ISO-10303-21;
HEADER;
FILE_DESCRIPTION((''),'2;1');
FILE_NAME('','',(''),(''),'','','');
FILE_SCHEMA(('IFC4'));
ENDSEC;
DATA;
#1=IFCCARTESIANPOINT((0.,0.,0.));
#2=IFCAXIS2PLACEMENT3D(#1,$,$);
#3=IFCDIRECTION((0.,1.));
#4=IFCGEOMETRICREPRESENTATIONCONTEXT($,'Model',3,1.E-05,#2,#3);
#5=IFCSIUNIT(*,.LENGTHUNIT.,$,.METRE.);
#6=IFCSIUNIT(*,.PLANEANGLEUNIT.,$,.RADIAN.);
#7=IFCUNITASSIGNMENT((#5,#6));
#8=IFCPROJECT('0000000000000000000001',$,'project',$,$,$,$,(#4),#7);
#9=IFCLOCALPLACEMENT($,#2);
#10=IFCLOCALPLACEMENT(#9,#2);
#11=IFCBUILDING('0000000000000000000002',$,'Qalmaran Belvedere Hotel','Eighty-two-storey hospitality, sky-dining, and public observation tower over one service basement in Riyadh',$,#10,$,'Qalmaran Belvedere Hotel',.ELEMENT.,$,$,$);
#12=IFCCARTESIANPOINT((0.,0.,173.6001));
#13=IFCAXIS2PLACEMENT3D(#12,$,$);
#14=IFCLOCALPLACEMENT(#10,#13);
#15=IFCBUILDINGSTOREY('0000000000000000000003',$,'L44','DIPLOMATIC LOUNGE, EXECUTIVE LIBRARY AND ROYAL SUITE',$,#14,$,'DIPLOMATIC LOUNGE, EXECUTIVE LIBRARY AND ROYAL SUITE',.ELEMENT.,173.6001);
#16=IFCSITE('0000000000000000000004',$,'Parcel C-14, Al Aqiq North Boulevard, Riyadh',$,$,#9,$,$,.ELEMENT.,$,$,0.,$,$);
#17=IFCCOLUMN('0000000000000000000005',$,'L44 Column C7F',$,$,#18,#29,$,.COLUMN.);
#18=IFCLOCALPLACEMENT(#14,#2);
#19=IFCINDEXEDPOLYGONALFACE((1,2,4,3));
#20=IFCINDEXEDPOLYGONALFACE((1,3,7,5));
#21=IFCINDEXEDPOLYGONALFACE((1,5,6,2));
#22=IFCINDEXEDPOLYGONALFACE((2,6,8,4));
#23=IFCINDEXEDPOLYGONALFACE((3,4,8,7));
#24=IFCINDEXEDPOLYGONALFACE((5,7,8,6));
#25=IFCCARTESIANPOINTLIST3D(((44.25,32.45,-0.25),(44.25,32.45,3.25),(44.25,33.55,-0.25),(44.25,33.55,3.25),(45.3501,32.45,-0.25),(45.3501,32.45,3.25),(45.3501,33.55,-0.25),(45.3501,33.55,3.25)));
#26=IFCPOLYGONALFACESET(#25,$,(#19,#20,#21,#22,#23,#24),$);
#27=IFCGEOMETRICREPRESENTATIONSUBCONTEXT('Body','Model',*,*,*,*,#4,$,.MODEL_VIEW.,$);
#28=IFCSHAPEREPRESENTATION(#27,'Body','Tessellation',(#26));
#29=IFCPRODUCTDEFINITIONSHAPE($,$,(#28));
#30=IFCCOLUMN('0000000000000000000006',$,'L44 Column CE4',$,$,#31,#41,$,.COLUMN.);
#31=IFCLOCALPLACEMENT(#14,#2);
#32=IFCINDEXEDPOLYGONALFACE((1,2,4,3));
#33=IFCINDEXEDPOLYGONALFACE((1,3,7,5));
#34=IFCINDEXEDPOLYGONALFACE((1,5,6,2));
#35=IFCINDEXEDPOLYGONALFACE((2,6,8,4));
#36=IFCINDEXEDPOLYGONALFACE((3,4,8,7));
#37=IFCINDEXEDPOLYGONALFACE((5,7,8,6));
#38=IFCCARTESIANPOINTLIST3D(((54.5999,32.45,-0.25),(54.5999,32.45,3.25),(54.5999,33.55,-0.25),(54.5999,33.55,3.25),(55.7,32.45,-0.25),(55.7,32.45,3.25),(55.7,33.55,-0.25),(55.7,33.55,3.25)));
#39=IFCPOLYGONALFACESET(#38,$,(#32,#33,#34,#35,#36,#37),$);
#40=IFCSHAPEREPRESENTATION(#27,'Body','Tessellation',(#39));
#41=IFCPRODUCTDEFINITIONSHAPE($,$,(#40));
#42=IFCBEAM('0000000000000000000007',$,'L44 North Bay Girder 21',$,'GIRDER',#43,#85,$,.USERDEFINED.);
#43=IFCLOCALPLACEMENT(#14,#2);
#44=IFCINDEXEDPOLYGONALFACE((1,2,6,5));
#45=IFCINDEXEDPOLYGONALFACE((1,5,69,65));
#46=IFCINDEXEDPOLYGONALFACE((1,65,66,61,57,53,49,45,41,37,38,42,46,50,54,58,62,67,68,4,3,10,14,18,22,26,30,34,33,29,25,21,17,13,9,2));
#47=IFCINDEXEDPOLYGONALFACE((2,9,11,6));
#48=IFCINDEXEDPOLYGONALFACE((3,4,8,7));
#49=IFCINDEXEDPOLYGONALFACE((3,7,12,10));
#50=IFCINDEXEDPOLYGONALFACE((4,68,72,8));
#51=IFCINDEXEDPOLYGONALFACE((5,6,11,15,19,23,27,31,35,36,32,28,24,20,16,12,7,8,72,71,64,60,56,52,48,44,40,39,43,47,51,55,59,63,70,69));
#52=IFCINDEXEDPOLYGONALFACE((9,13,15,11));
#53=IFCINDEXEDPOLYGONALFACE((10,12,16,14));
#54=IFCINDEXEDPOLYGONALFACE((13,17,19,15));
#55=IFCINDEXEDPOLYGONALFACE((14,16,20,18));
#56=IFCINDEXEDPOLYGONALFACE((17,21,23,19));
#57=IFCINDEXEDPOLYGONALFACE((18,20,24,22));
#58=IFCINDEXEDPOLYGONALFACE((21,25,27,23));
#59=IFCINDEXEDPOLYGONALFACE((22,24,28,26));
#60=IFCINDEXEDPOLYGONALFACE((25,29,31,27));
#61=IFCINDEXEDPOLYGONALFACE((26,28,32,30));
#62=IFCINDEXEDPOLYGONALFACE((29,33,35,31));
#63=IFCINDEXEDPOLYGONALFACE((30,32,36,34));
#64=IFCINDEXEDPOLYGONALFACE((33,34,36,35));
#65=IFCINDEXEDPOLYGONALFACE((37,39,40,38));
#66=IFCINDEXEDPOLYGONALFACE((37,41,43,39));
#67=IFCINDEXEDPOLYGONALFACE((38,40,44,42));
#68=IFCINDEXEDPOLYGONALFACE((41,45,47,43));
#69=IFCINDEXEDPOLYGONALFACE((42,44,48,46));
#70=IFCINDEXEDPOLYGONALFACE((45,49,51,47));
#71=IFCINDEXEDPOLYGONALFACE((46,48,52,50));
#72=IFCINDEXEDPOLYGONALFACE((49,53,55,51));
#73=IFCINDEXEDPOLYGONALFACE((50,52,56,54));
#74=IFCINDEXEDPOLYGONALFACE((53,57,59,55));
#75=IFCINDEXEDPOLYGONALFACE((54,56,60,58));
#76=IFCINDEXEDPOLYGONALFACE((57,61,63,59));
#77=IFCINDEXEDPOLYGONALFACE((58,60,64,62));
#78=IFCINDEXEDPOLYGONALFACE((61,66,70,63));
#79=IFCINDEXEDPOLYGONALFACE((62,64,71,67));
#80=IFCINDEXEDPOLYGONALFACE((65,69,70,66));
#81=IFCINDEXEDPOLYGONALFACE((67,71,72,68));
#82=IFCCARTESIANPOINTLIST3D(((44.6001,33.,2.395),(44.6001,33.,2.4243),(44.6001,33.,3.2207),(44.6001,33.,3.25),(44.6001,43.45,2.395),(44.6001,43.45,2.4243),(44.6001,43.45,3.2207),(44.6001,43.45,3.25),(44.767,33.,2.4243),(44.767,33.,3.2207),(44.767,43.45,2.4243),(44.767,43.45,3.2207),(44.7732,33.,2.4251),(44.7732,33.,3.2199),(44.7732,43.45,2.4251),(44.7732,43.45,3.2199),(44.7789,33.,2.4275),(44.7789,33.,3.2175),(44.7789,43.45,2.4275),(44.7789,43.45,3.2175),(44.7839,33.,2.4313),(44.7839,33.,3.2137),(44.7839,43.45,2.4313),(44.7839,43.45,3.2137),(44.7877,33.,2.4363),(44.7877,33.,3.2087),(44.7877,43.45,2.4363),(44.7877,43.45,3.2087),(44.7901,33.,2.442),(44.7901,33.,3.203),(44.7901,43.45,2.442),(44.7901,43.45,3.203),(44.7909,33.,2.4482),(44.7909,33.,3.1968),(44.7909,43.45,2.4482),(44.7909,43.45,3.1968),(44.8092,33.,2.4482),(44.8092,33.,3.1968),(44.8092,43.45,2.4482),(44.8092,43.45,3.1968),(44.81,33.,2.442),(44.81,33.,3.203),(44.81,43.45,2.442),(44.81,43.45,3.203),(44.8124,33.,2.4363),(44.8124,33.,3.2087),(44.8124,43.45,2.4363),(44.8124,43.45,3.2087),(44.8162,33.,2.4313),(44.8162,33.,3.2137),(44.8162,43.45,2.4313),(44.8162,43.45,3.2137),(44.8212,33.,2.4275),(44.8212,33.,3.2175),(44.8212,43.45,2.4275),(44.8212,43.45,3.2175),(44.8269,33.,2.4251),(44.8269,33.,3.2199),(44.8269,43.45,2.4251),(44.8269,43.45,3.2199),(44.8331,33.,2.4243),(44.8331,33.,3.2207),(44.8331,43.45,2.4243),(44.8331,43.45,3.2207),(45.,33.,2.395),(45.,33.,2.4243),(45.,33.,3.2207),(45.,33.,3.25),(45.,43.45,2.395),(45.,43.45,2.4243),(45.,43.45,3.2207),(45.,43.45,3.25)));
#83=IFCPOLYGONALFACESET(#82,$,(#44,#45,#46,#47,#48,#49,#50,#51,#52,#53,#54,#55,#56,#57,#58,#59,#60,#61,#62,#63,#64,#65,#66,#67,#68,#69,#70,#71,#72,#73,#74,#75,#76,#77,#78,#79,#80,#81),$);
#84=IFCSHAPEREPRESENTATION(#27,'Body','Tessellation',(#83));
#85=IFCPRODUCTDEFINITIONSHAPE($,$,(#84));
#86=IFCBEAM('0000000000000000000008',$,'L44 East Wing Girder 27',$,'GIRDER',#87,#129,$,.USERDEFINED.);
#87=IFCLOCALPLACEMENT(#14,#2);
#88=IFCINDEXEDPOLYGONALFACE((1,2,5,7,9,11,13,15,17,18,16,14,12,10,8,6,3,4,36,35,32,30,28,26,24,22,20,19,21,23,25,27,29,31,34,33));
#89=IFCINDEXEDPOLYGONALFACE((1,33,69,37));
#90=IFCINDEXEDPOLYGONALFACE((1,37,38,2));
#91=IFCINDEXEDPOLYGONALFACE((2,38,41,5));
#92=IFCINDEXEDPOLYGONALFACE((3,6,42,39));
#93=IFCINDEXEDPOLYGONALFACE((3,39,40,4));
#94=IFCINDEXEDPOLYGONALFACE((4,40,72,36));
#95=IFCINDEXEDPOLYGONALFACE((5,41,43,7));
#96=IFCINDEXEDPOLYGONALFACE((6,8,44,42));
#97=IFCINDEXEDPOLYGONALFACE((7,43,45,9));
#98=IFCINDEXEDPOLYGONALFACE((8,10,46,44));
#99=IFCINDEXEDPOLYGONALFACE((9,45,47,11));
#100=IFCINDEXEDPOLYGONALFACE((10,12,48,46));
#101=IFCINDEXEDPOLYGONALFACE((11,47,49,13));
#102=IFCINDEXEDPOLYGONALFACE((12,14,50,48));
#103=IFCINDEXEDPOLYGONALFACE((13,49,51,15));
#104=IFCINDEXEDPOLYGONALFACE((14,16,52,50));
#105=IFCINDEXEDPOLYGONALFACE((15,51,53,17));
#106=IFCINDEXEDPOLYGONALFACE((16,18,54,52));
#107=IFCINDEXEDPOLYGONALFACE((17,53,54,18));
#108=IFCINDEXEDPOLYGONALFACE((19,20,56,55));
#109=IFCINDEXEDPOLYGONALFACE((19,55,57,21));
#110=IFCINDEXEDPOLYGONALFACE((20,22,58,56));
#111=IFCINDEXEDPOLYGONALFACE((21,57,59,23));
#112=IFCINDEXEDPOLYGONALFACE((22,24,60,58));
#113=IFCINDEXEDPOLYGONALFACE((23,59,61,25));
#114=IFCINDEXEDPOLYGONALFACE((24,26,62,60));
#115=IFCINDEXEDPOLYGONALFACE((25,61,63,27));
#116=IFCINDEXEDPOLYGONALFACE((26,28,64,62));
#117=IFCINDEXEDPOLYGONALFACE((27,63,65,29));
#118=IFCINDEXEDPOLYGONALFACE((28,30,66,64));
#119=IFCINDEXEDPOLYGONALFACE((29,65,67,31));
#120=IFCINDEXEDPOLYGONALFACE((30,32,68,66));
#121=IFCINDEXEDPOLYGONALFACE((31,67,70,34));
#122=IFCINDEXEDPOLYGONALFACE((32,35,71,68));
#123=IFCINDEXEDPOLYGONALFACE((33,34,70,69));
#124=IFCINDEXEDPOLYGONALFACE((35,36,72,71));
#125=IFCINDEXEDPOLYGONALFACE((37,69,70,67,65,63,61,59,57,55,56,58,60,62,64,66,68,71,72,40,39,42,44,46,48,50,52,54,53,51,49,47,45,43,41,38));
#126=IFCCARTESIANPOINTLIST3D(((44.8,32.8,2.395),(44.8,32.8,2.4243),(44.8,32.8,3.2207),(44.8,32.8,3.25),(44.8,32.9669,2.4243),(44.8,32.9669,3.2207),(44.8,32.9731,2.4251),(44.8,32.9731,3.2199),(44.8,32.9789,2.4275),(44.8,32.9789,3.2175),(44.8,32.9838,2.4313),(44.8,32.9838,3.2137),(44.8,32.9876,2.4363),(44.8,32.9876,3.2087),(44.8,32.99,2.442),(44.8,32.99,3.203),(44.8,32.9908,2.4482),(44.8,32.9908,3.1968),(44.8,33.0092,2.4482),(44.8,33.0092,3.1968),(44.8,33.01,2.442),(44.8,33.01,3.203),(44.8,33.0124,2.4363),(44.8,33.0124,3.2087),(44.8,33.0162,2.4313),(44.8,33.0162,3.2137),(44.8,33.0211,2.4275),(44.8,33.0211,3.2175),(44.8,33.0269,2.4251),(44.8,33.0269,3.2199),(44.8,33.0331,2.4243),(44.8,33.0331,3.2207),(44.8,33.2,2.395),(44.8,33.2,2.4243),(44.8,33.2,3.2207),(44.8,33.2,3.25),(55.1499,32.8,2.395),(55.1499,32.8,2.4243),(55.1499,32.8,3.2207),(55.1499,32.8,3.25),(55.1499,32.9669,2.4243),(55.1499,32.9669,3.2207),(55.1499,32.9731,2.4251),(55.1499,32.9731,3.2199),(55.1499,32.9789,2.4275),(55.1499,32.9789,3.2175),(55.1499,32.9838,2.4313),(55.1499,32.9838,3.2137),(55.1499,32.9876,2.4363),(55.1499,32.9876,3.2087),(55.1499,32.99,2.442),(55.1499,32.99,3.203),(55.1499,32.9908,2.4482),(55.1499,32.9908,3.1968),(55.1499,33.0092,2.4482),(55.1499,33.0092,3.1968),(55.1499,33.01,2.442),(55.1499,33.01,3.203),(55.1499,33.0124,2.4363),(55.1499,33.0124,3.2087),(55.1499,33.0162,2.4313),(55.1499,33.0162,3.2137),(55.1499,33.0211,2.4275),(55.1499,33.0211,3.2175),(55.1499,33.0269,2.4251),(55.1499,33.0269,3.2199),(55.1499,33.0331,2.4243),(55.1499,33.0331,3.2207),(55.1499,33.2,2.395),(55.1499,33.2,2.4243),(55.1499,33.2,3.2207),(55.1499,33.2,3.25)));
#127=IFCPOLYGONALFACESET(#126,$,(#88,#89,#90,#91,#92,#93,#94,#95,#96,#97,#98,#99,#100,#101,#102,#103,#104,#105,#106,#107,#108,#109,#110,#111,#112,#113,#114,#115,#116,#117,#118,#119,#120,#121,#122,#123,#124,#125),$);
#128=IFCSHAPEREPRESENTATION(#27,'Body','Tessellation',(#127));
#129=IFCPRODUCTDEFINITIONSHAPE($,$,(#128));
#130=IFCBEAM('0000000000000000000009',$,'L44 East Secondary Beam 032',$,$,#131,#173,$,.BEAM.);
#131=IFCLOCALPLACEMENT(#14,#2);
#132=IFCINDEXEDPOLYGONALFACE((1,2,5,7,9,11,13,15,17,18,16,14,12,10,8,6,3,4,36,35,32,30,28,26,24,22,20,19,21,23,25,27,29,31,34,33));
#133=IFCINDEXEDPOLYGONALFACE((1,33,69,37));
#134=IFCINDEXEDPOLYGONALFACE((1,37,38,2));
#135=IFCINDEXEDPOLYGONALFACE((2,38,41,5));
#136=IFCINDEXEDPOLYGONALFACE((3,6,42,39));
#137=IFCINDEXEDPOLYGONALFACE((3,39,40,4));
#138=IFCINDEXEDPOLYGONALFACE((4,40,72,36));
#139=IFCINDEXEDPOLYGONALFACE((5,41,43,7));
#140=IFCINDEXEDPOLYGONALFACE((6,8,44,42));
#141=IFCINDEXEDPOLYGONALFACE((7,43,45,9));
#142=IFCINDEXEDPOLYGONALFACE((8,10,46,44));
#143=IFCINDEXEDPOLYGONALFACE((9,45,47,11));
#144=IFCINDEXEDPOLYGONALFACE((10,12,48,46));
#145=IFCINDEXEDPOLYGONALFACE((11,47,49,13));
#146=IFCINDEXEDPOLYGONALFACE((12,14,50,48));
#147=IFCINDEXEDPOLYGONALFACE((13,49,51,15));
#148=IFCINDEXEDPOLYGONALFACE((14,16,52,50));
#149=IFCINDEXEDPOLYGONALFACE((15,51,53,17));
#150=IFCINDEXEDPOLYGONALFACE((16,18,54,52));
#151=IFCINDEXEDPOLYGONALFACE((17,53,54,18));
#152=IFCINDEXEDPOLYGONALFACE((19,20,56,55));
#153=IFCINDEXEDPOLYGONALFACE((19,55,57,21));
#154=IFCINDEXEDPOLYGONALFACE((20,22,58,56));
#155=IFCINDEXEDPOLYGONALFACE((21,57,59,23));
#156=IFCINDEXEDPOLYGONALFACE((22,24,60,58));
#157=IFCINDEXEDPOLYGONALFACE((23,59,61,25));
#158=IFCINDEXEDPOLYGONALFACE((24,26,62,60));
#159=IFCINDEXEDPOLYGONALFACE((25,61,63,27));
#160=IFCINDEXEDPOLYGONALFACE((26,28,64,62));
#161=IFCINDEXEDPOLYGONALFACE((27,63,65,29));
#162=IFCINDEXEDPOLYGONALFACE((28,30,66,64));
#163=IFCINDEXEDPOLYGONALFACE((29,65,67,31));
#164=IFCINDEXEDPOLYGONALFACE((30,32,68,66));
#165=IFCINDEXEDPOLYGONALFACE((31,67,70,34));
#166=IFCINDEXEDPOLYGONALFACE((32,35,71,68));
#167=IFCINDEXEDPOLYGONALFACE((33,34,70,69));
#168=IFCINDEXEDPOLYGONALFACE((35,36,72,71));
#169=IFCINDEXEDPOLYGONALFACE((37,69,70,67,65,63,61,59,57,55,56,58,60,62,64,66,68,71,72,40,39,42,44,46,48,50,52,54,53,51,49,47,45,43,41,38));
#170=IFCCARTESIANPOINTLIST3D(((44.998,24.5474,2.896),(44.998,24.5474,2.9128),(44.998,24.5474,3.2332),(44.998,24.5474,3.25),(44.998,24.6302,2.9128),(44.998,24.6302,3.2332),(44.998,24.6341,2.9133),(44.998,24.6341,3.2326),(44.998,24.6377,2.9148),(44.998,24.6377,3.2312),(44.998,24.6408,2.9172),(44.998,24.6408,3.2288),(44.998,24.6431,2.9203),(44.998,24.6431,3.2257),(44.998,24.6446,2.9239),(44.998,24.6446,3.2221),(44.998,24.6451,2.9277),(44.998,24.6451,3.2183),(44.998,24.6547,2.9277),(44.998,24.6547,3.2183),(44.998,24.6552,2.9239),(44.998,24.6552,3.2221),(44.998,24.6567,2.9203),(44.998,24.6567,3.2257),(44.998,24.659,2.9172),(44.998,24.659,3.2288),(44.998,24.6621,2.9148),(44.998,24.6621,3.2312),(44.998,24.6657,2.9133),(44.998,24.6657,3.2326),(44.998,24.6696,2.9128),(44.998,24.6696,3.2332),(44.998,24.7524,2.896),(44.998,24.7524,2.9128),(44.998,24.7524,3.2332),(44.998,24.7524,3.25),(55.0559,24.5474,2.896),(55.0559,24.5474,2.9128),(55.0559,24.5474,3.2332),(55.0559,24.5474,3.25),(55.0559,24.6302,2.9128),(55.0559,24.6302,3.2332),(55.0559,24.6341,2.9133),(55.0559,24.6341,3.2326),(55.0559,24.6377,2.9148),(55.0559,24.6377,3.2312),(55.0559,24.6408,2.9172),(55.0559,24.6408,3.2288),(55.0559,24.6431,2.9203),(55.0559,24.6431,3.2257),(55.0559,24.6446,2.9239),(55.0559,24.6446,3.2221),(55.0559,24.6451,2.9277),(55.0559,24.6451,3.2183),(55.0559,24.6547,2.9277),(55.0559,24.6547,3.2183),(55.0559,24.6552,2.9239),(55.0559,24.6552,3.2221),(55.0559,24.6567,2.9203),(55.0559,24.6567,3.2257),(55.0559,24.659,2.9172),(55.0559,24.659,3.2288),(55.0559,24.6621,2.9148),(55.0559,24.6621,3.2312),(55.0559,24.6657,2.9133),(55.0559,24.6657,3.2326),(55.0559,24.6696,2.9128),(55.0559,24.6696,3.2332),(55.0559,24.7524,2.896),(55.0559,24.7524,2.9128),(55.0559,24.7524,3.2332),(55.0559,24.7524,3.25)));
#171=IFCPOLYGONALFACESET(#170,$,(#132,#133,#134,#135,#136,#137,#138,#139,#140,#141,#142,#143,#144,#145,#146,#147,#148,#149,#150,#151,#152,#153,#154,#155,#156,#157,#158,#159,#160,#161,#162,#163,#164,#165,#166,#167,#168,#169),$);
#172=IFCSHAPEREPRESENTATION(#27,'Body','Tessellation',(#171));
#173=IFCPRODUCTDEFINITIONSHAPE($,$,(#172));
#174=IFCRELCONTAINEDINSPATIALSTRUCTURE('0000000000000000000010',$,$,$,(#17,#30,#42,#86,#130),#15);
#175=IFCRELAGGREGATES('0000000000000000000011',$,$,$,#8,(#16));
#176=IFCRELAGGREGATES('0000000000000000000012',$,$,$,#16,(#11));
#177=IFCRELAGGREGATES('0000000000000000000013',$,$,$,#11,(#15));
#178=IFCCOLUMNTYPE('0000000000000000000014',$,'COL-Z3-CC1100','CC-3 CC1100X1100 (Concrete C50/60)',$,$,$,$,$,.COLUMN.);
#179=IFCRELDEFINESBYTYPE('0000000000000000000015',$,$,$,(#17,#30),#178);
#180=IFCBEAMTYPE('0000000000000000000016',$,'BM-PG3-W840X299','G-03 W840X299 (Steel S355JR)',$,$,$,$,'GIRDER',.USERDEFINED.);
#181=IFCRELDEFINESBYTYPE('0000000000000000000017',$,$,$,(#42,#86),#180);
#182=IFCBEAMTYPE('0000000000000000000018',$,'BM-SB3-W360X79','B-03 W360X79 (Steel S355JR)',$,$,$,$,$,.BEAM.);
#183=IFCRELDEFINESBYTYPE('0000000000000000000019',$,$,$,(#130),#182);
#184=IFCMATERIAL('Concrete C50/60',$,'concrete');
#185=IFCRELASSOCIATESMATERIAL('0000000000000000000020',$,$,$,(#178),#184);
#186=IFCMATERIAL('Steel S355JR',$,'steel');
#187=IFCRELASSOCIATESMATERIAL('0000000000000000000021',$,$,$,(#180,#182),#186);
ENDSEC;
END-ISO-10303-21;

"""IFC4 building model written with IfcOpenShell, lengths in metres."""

from ifc_helpers import new_model, si_unit, direction, frame, origin, origin_2d, place, context, subcontext, project, spatial, rectangle, i_section, extrude, material, material_profile, profile_set, type_object, element, save


model = new_model("IFC4")

# Units and contexts
model_context = context("Model", 3, precision=1e-05, world=origin(), true_north=direction((0.0, 1.0)))
body_context = subcontext(model_context, "Body", "Model", "MODEL_VIEW")
ifc_project = project(units=[si_unit("LENGTHUNIT", "METRE"), si_unit("PLANEANGLEUNIT", "RADIAN")], contexts=[model_context])

# Site, building, storey
site_placement = place(None, origin())
site = spatial("IfcSite", under=ifc_project, at=site_placement, Name="Parcel C-14, Al Aqiq North Boulevard, Riyadh", CompositionType="ELEMENT", RefElevation=0.0)
building_placement = place(site_placement, origin())
building = spatial("IfcBuilding", under=site, at=building_placement, Name="Qalmaran Belvedere Hotel", Description="Eighty-two-storey hospitality, sky-dining, and public observation tower over one service basement in Riyadh", LongName="Qalmaran Belvedere Hotel", CompositionType="ELEMENT")
storey_placement = place(building_placement, frame((0.0, 0.0, 173.6001)))
storey = spatial("IfcBuildingStorey", under=building, at=storey_placement, Name="L44", Description="DIPLOMATIC LOUNGE, EXECUTIVE LIBRARY AND ROYAL SUITE", LongName="DIPLOMATIC LOUNGE, EXECUTIVE LIBRARY AND ROYAL SUITE", CompositionType="ELEMENT", Elevation=173.6001)

# Columns
ifc_material_1 = material(Name="Concrete C50/60", Category="concrete")
ifc_material_profile_1 = material_profile(ifc_material_1, rectangle(XDim=1.1001, YDim=1.1001, at=origin_2d()), Name="CC1100X1100")
ifc_profile_set_1 = profile_set([ifc_material_profile_1], Name="Concrete C50/60")
column_type = type_object("IfcColumnType", Name="COL-Z3-CC1100", Description="CC-3 CC1100X1100 (Concrete C50/60)", PredefinedType="COLUMN", material=ifc_profile_set_1)
for number, where, z_axis, x_axis, name in (
    (1, (44.8, 33.0, -0.25), (0.0, 0.0, 1.0), (1.0, 0.0, 0.0), "L44 Column C7F"),
    (2, (55.1499, 33.0, -0.25), (0.0, 0.0, 1.0), (1.0, 0.0, 0.0), "L44 Column CE4"),
):
    element("IfcColumn", number, at=place(storey_placement, frame(where, z_axis=z_axis, x_axis=x_axis)), inside=storey, type_object=column_type, Name=name, PredefinedType="COLUMN", context=body_context, shape_type="SweptSolid", body=[
        extrude(rectangle(XDim=1.1001, YDim=1.1001, at=origin_2d()), origin(), (0.0, 0.0, 1.0), 3.5),
    ])

# Beams
ifc_material_2 = material(Name="Steel S355JR", Category="steel")
ifc_material_profile_2 = material_profile(ifc_material_2, i_section(OverallWidth=0.3999, OverallDepth=0.855, WebThickness=0.0183, FlangeThickness=0.0293, FilletRadius=0.0239, at=origin_2d()), Name="W840X299")
ifc_profile_set_2 = profile_set([ifc_material_profile_2], Name="Steel S355JR")
beam_type_1 = type_object("IfcBeamType", Name="BM-PG3-W840X299", Description="G-03 W840X299 (Steel S355JR)", ElementType="GIRDER", PredefinedType="USERDEFINED", material=ifc_profile_set_2)
beam_1_placement = place(storey_placement, frame((44.8, 33.0, 2.8225), z_axis=(0.0, 1.0, 0.0), x_axis=(-1.0, 0.0, 0.0)))
element("IfcBeam", 3, at=beam_1_placement, inside=storey, type_object=beam_type_1, Name="L44 North Bay Girder 21", ObjectType="GIRDER", PredefinedType="USERDEFINED", context=body_context, shape_type="SweptSolid", body=[
    extrude(i_section(OverallWidth=0.3999, OverallDepth=0.855, WebThickness=0.0183, FlangeThickness=0.0293, FilletRadius=0.0239, at=origin_2d()), origin(), (0.0, 0.0, 1.0), 10.45),
])
beam_2_placement = place(storey_placement, frame((44.8, 33.0, 2.8225), z_axis=(1.0, 0.0, 0.0), x_axis=(0.0, 1.0, 0.0)))
element("IfcBeam", 4, at=beam_2_placement, inside=storey, type_object=beam_type_1, Name="L44 East Wing Girder 27", ObjectType="GIRDER", PredefinedType="USERDEFINED", context=body_context, shape_type="SweptSolid", body=[
    extrude(i_section(OverallWidth=0.3999, OverallDepth=0.855, WebThickness=0.0183, FlangeThickness=0.0293, FilletRadius=0.0239, at=origin_2d()), origin(), (0.0, 0.0, 1.0), 10.3499),
])
ifc_material_profile_3 = material_profile(ifc_material_2, i_section(OverallWidth=0.2051, OverallDepth=0.354, WebThickness=0.0095, FlangeThickness=0.0168, FilletRadius=0.0149, at=origin_2d()), Name="W360X79")
ifc_profile_set_3 = profile_set([ifc_material_profile_3], Name="Steel S355JR")
beam_type_2 = type_object("IfcBeamType", Name="BM-SB3-W360X79", Description="B-03 W360X79 (Steel S355JR)", PredefinedType="BEAM", material=ifc_profile_set_3)
for number, where, z_axis, x_axis, name in (
    (5, (44.998, 24.6499, 3.073), (1.0, 0.0, 0.0), (0.0, 1.0, 0.0), "L44 East Secondary Beam 032"),
):
    element("IfcBeam", number, at=place(storey_placement, frame(where, z_axis=z_axis, x_axis=x_axis)), inside=storey, type_object=beam_type_2, Name=name, PredefinedType="BEAM", context=body_context, shape_type="SweptSolid", body=[
        extrude(i_section(OverallWidth=0.2051, OverallDepth=0.354, WebThickness=0.0095, FlangeThickness=0.0168, FilletRadius=0.0149, at=origin_2d()), origin(), (0.0, 0.0, 1.0), 10.0579),
    ])

save(model, "model.ifc")
